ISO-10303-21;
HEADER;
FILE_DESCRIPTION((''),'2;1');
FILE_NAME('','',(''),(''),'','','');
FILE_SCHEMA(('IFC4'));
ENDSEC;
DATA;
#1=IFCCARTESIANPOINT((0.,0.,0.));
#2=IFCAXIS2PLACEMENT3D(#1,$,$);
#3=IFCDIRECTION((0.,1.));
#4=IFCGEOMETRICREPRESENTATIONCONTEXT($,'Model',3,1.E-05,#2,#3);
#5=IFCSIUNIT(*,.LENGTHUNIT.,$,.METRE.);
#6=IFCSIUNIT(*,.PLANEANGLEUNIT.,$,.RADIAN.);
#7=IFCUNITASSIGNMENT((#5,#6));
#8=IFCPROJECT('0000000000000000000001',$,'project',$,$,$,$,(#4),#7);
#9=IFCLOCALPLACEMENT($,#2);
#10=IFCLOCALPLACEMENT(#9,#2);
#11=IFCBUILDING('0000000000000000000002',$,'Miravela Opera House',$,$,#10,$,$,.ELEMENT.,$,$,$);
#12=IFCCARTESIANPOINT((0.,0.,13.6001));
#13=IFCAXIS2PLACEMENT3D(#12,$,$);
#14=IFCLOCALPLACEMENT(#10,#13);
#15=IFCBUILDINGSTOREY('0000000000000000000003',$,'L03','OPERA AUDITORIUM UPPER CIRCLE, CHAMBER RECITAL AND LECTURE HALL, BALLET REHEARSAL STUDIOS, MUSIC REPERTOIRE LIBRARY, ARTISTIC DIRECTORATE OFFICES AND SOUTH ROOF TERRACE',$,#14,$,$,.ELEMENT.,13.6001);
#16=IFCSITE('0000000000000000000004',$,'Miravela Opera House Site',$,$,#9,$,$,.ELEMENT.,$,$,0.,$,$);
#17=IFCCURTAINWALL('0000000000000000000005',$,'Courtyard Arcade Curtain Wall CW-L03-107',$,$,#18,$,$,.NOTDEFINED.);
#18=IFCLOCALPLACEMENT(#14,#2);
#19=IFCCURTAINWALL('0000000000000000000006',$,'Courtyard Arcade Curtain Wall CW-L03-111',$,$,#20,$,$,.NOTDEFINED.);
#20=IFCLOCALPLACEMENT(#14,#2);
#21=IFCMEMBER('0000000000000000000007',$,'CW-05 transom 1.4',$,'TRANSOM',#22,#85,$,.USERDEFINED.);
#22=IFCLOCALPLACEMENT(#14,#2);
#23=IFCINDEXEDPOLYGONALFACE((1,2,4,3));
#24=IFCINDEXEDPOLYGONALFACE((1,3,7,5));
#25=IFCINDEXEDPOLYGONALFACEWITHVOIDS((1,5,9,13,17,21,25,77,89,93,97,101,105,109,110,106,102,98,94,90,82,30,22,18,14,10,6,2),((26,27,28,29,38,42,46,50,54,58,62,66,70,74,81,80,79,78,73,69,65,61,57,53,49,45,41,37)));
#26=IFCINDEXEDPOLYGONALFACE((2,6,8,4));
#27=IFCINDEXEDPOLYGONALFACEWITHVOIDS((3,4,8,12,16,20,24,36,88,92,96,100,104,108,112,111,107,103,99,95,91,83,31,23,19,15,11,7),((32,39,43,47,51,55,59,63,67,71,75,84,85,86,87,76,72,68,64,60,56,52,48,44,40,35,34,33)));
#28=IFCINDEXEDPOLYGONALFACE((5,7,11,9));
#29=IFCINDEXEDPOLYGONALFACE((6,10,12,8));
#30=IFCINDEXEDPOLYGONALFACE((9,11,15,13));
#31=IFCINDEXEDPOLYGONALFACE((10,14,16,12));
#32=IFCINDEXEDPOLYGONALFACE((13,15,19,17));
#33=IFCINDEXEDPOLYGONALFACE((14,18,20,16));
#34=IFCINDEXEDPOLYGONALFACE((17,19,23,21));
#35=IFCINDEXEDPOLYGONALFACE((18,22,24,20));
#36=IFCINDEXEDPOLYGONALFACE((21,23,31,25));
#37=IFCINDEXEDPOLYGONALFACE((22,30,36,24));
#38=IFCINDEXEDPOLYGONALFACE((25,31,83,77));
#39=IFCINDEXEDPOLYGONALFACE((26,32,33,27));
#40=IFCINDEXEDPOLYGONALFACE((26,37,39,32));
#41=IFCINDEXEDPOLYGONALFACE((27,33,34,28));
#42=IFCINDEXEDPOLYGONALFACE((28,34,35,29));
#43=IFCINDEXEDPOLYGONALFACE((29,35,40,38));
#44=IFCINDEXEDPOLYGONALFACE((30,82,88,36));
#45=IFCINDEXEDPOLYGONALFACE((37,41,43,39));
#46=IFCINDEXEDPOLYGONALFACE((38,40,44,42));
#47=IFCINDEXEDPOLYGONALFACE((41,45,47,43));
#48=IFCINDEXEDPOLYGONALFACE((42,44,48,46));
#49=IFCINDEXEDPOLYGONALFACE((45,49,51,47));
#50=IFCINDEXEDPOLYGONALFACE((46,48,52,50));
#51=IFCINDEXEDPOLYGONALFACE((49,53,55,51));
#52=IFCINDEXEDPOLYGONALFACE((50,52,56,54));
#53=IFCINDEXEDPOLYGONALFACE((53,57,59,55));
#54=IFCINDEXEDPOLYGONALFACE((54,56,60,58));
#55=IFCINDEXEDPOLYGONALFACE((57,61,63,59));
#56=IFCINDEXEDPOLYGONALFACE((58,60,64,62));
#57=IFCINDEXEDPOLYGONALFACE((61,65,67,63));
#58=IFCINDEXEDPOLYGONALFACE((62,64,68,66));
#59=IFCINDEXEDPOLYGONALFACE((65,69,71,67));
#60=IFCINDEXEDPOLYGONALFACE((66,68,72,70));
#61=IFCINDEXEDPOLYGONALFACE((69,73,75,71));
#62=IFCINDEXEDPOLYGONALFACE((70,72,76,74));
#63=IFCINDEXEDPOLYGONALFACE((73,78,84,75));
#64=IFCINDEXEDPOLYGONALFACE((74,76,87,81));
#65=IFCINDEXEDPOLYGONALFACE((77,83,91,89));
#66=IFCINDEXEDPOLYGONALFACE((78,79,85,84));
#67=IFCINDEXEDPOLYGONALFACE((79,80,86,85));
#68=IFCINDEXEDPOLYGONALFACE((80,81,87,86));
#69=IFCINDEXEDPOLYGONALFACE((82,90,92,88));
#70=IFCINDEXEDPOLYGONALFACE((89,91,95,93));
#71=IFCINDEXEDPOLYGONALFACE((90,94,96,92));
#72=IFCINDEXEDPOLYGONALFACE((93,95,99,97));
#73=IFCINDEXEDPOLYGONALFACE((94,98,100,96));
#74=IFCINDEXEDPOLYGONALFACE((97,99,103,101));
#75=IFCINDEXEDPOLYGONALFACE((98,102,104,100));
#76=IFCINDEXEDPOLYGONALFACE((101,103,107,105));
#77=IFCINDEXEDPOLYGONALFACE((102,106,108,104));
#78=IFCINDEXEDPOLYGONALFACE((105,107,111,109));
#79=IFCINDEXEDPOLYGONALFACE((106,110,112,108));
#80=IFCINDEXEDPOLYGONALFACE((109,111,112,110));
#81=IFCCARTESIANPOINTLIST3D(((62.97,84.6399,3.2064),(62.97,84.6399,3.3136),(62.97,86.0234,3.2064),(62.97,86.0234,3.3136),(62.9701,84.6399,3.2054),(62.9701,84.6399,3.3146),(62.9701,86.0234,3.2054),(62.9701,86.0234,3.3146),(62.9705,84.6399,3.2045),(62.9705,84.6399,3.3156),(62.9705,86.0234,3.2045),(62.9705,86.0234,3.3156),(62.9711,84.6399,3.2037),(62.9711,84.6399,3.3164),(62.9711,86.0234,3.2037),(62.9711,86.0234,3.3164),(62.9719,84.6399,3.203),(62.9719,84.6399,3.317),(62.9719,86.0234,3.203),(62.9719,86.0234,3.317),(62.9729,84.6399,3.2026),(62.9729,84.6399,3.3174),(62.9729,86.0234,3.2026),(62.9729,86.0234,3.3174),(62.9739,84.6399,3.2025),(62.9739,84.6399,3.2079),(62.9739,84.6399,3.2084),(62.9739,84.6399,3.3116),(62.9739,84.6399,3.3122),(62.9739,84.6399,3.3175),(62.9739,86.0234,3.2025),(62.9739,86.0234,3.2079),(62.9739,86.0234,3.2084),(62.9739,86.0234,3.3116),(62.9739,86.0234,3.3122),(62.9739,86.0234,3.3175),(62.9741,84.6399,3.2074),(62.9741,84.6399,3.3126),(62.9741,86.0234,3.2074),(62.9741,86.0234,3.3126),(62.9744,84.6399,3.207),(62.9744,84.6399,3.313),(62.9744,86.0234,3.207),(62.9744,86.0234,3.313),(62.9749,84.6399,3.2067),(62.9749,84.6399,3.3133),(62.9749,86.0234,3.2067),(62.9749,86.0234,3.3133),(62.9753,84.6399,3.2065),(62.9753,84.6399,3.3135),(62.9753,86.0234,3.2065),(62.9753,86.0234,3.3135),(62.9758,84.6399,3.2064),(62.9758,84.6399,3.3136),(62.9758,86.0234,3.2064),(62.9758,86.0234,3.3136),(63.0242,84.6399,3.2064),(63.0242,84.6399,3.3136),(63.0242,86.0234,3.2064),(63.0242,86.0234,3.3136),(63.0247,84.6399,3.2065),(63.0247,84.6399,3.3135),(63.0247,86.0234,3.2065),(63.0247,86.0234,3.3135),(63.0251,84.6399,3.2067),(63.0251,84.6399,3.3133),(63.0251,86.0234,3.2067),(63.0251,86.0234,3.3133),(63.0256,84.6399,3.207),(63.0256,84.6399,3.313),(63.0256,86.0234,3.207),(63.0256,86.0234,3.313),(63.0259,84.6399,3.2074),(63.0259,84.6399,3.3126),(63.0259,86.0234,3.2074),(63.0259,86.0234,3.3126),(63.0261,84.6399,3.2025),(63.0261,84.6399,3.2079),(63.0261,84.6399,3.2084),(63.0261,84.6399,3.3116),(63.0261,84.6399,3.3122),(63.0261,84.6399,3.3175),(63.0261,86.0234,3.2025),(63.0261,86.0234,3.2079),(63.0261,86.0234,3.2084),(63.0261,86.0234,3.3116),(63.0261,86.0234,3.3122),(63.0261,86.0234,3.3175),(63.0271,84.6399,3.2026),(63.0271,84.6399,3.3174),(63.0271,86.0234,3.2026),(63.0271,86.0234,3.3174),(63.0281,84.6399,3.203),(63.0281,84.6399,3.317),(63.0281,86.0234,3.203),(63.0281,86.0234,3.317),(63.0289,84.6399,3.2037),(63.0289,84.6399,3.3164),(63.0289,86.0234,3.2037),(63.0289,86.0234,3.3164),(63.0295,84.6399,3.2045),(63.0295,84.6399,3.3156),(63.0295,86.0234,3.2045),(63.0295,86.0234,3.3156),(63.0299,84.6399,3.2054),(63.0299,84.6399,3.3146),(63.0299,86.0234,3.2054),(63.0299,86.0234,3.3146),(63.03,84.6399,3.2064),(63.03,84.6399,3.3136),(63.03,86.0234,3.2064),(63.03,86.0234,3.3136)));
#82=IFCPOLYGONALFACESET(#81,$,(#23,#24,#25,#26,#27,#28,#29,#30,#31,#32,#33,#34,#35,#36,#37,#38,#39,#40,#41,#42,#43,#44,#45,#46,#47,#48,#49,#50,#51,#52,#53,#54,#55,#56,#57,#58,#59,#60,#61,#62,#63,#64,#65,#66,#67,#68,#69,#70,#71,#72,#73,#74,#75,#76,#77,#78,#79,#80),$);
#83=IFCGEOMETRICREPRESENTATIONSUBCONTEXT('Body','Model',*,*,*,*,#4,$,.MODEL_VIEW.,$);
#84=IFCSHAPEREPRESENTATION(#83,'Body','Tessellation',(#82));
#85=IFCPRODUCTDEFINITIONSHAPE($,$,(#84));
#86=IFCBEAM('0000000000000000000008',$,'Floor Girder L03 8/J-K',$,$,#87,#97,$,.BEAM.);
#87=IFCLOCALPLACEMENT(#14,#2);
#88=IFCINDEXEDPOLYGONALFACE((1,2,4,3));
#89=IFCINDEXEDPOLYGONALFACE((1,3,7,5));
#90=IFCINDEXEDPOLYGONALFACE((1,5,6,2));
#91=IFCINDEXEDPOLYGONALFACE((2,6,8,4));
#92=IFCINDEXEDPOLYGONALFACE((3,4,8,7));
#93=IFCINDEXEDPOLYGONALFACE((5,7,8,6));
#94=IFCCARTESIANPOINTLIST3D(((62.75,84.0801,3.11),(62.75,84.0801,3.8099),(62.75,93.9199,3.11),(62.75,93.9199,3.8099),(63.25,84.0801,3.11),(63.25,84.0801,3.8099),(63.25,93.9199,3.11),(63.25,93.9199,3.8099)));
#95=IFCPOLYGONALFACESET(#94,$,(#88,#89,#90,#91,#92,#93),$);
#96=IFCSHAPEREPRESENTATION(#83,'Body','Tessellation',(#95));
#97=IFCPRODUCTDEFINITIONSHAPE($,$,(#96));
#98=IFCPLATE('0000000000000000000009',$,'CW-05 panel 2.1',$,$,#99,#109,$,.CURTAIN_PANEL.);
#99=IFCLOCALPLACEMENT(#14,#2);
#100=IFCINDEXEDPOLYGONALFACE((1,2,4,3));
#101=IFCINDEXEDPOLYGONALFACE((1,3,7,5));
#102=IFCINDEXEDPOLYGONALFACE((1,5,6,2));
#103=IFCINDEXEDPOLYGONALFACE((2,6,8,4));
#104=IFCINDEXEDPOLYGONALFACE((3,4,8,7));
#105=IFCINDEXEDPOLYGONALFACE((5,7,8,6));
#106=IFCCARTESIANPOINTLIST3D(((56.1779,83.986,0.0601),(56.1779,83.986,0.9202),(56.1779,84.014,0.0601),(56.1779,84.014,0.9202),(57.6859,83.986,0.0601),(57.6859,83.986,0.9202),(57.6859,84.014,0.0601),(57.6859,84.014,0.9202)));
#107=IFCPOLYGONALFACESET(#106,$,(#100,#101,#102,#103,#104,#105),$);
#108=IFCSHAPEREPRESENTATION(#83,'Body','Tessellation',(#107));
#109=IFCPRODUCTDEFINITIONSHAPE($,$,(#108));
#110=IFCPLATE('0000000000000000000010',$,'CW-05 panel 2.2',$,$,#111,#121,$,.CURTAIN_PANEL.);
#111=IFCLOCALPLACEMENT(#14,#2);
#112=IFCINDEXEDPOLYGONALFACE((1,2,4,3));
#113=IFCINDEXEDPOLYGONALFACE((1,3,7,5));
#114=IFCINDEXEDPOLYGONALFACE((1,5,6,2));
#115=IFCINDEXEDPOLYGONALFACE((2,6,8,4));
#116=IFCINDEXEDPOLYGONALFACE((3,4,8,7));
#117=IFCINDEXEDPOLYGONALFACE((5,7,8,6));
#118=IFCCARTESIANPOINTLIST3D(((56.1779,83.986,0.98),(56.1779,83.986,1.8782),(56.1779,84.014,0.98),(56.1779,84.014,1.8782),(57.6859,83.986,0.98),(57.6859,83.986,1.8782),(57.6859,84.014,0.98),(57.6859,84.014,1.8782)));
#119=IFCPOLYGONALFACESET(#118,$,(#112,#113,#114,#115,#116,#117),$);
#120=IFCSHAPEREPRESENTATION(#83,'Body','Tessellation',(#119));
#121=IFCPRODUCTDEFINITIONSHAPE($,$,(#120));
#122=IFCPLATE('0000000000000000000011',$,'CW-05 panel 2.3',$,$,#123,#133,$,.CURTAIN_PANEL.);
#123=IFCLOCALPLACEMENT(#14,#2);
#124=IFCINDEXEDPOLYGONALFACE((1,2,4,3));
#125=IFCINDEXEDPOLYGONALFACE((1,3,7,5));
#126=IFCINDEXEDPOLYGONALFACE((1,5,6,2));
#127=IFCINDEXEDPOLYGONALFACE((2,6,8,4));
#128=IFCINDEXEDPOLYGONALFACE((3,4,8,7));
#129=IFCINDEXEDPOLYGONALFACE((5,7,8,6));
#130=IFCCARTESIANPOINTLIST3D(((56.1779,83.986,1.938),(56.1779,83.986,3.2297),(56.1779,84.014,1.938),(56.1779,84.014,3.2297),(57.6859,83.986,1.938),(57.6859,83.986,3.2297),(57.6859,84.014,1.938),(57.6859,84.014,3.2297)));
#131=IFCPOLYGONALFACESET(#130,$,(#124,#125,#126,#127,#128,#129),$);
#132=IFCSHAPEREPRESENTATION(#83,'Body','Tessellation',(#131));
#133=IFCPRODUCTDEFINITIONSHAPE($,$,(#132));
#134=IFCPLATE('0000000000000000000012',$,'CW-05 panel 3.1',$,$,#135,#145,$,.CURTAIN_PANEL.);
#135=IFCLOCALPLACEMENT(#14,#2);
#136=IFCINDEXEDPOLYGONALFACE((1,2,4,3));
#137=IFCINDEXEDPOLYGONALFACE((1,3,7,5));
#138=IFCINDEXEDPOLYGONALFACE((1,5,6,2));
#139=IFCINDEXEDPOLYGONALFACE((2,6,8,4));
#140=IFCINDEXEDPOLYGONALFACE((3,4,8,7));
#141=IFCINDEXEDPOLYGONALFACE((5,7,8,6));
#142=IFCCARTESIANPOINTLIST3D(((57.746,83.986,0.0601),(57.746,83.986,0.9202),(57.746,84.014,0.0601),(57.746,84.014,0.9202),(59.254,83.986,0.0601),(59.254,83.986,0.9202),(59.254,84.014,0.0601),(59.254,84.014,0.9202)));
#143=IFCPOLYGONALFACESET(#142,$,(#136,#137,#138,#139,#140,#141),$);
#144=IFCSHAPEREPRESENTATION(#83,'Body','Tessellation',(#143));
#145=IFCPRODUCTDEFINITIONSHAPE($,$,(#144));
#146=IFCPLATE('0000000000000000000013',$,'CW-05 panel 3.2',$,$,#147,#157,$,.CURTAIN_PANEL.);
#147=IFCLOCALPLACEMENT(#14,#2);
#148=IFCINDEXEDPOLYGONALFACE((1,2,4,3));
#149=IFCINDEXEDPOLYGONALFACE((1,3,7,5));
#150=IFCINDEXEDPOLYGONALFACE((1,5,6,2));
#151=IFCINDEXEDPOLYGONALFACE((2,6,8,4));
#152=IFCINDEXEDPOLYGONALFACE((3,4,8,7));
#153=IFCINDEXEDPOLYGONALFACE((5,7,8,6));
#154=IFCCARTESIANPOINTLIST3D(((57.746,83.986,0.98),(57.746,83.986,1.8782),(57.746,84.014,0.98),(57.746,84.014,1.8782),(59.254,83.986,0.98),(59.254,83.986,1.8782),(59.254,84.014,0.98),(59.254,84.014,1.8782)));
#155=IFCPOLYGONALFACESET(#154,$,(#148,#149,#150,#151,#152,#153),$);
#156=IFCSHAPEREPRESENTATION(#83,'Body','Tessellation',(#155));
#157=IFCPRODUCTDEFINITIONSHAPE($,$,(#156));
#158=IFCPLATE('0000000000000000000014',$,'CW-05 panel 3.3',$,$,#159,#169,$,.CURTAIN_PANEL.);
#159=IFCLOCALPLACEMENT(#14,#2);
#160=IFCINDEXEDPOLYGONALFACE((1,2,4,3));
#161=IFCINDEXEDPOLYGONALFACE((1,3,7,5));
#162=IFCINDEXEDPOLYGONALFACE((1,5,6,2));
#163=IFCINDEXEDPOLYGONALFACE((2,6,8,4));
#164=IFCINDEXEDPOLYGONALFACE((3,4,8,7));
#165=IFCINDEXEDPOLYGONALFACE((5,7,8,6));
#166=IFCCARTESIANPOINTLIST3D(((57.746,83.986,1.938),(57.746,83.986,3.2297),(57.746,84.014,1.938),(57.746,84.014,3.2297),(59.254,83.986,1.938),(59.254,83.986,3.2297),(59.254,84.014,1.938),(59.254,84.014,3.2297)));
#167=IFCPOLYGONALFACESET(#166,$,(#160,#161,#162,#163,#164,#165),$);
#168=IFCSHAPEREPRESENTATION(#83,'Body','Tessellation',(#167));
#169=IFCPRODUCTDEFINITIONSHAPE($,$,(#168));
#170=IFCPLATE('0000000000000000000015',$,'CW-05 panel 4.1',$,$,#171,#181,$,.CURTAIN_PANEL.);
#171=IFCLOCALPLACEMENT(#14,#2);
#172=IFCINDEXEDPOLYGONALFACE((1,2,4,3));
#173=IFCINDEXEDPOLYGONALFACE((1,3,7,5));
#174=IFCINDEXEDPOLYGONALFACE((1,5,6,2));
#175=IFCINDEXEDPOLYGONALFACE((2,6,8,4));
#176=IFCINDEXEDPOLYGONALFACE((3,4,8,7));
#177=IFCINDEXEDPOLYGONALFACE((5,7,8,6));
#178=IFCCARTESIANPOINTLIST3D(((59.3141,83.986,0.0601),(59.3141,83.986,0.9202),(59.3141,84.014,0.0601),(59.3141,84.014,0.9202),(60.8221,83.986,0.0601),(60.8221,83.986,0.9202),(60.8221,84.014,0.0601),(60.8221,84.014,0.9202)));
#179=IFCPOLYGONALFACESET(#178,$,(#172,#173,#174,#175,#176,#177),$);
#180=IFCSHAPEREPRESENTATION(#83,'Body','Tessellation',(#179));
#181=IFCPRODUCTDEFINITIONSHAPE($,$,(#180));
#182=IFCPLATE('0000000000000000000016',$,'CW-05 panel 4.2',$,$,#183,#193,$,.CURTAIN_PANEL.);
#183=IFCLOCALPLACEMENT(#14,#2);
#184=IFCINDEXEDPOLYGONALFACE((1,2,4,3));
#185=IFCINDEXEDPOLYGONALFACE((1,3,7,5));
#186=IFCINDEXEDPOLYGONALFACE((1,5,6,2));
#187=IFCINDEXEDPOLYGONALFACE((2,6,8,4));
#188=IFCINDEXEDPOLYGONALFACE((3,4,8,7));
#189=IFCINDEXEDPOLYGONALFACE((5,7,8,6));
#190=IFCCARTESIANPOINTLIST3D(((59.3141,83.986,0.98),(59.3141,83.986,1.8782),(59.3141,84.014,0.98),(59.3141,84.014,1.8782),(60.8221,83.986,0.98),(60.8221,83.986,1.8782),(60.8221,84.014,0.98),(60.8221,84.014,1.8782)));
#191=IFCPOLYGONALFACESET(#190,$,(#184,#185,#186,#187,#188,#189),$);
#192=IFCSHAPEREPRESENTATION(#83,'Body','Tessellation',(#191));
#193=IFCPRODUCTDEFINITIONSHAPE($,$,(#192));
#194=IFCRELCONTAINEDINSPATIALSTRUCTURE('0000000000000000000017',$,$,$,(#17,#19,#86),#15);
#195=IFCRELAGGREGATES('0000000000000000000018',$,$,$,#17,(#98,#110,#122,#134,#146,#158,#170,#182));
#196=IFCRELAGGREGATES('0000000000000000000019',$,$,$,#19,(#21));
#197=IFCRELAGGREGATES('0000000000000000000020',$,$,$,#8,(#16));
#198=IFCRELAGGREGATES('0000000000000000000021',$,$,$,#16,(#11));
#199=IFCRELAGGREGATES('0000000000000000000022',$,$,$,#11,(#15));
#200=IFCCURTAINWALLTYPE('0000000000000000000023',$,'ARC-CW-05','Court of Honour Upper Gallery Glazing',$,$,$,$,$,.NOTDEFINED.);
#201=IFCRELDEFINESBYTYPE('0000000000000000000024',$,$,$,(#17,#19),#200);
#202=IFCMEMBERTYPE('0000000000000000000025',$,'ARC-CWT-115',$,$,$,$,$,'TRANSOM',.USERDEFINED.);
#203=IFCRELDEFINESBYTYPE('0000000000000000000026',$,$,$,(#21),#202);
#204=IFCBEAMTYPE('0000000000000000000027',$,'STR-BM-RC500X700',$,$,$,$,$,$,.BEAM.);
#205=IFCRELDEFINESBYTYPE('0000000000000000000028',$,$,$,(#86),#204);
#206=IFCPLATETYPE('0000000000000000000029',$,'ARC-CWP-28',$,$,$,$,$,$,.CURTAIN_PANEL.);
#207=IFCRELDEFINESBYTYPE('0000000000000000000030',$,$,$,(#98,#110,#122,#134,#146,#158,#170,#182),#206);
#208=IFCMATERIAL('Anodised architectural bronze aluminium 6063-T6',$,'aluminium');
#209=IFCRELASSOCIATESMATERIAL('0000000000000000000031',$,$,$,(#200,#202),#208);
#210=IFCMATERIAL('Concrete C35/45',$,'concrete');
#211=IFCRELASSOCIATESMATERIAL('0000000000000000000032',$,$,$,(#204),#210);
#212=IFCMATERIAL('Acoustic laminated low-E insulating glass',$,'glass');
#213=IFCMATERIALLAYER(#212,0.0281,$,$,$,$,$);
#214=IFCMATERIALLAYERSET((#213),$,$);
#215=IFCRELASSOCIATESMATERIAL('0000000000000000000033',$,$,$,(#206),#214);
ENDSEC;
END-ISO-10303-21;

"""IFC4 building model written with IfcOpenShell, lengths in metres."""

from ifc_helpers import new_model, si_unit, direction, frame, origin, origin_2d, place, context, subcontext, project, spatial, rectangle, hollow_rectangle, extrude, material, layer, layer_set, material_profile, profile_set, type_object, element, aggregate, save


model = new_model("IFC4")

# Units and contexts
model_context = context("Model", 3, precision=1e-05, world=origin(), true_north=direction((0.0, 1.0)))
body_context = subcontext(model_context, "Body", "Model", "MODEL_VIEW")
ifc_project = project(units=[si_unit("LENGTHUNIT", "METRE"), si_unit("PLANEANGLEUNIT", "RADIAN")], contexts=[model_context])

# Site, building, storey
site_placement = place(None, origin())
site = spatial("IfcSite", under=ifc_project, at=site_placement, Name="Miravela Opera House Site", CompositionType="ELEMENT", RefElevation=0.0)
building_placement = place(site_placement, origin())
building = spatial("IfcBuilding", under=site, at=building_placement, Name="Miravela Opera House", CompositionType="ELEMENT")
storey_placement = place(building_placement, frame((0.0, 0.0, 13.6001)))
storey = spatial("IfcBuildingStorey", under=building, at=storey_placement, Name="L03", Description="OPERA AUDITORIUM UPPER CIRCLE, CHAMBER RECITAL AND LECTURE HALL, BALLET REHEARSAL STUDIOS, MUSIC REPERTOIRE LIBRARY, ARTISTIC DIRECTORATE OFFICES AND SOUTH ROOF TERRACE", CompositionType="ELEMENT", Elevation=13.6001)

# Shared definitions
ifc_material_1 = material(Name="Concrete C35/45", Category="concrete")

# Curtain wall
ifc_material_2 = material(Name="Anodised architectural bronze aluminium 6063-T6", Category="aluminium")
curtain_wall_type = type_object("IfcCurtainWallType", Name="ARC-CW-05", Description="Court of Honour Upper Gallery Glazing", PredefinedType="NOTDEFINED", material=ifc_material_2)
curtain_wall_1_placement = place(storey_placement, origin())
curtain_wall_1 = element("IfcCurtainWall", 1, at=curtain_wall_1_placement, inside=storey, type_object=curtain_wall_type, Name="Courtyard Arcade Curtain Wall CW-L03-107", PredefinedType="NOTDEFINED")

# Curtain wall
curtain_wall_2_placement = place(storey_placement, origin())
curtain_wall_2 = element("IfcCurtainWall", 2, at=curtain_wall_2_placement, inside=storey, type_object=curtain_wall_type, Name="Courtyard Arcade Curtain Wall CW-L03-111", PredefinedType="NOTDEFINED")

# Member
ifc_material_profile_1 = material_profile(ifc_material_2, hollow_rectangle(XDim=0.0601, YDim=0.115, WallThickness=0.0039, InnerFilletRadius=0.002, OuterFilletRadius=0.0039, at=origin_2d()), Name="CWT-60X115")
ifc_profile_set_1 = profile_set([ifc_material_profile_1])
member_type_1 = type_object("IfcMemberType", Name="ARC-CWT-115", ElementType="TRANSOM", PredefinedType="USERDEFINED", material=ifc_profile_set_1)
member_1_placement = place(storey_placement, frame((63.0, 84.6399, 3.26), z_axis=(0.0, 1.0, 0.0), x_axis=(-1.0, 0.0, 0.0)))
member_1 = element("IfcMember", 3, at=member_1_placement, type_object=member_type_1, Name="CW-05 transom 1.4", ObjectType="TRANSOM", PredefinedType="USERDEFINED", context=body_context, shape_type="SweptSolid", body=[
    extrude(hollow_rectangle(XDim=0.0601, YDim=0.115, WallThickness=0.0039, InnerFilletRadius=0.002, OuterFilletRadius=0.0039, at=origin_2d()), origin(), (0.0, 0.0, 1.0), 1.3835),
])

# Beam
ifc_material_profile_2 = material_profile(ifc_material_1, rectangle(XDim=0.5, YDim=0.7, at=origin_2d()), Name="RC-BM-500X700")
ifc_profile_set_2 = profile_set([ifc_material_profile_2])
beam_type = type_object("IfcBeamType", Name="STR-BM-RC500X700", PredefinedType="BEAM", material=ifc_profile_set_2)
beam_placement = place(storey_placement, frame((63.0, 84.0801, 3.46), z_axis=(0.0, 1.0, 0.0), x_axis=(-1.0, 0.0, 0.0)))
element("IfcBeam", 4, at=beam_placement, inside=storey, type_object=beam_type, Name="Floor Girder L03 8/J-K", PredefinedType="BEAM", context=body_context, shape_type="SweptSolid", body=[
    extrude(rectangle(XDim=0.5, YDim=0.7, at=origin_2d()), origin(), (0.0, 0.0, 1.0), 9.8398),
])

# Plates
ifc_material_3 = material(Name="Acoustic laminated low-E insulating glass", Category="glass")
ifc_layer = layer(ifc_material_3, 0.0281)
ifc_layer_set = layer_set([ifc_layer])
plate_type = type_object("IfcPlateType", Name="ARC-CWP-28", PredefinedType="CURTAIN_PANEL", material=ifc_layer_set)
plate_1_placement = place(storey_placement, frame((56.9319, 84.0, 0.0601), z_axis=(0.0, 0.0, 1.0), x_axis=(1.0, 0.0, 0.0)))
plate_1 = element("IfcPlate", 5, at=plate_1_placement, type_object=plate_type, Name="CW-05 panel 2.1", PredefinedType="CURTAIN_PANEL", context=body_context, shape_type="SweptSolid", body=[
    extrude(rectangle(XDim=1.5081, YDim=0.0281, at=origin_2d()), origin(), (0.0, 0.0, 1.0), 0.8601),
])
plate_2_placement = place(storey_placement, frame((56.9319, 84.0, 0.98), z_axis=(0.0, 0.0, 1.0), x_axis=(1.0, 0.0, 0.0)))
plate_2 = element("IfcPlate", 6, at=plate_2_placement, type_object=plate_type, Name="CW-05 panel 2.2", PredefinedType="CURTAIN_PANEL", context=body_context, shape_type="SweptSolid", body=[
    extrude(rectangle(XDim=1.5081, YDim=0.0281, at=origin_2d()), origin(), (0.0, 0.0, 1.0), 0.8982),
])
plate_3_placement = place(storey_placement, frame((56.9319, 84.0, 1.938), z_axis=(0.0, 0.0, 1.0), x_axis=(1.0, 0.0, 0.0)))
plate_3 = element("IfcPlate", 7, at=plate_3_placement, type_object=plate_type, Name="CW-05 panel 2.3", PredefinedType="CURTAIN_PANEL", context=body_context, shape_type="SweptSolid", body=[
    extrude(rectangle(XDim=1.5081, YDim=0.0281, at=origin_2d()), origin(), (0.0, 0.0, 1.0), 1.2917),
])
plate_4_placement = place(storey_placement, frame((58.5, 84.0, 0.0601), z_axis=(0.0, 0.0, 1.0), x_axis=(1.0, 0.0, 0.0)))
plate_4 = element("IfcPlate", 8, at=plate_4_placement, type_object=plate_type, Name="CW-05 panel 3.1", PredefinedType="CURTAIN_PANEL", context=body_context, shape_type="SweptSolid", body=[
    extrude(rectangle(XDim=1.5081, YDim=0.0281, at=origin_2d()), origin(), (0.0, 0.0, 1.0), 0.8601),
])
plate_5_placement = place(storey_placement, frame((58.5, 84.0, 0.98), z_axis=(0.0, 0.0, 1.0), x_axis=(1.0, 0.0, 0.0)))
plate_5 = element("IfcPlate", 9, at=plate_5_placement, type_object=plate_type, Name="CW-05 panel 3.2", PredefinedType="CURTAIN_PANEL", context=body_context, shape_type="SweptSolid", body=[
    extrude(rectangle(XDim=1.5081, YDim=0.0281, at=origin_2d()), origin(), (0.0, 0.0, 1.0), 0.8982),
])
plate_6_placement = place(storey_placement, frame((58.5, 84.0, 1.938), z_axis=(0.0, 0.0, 1.0), x_axis=(1.0, 0.0, 0.0)))
plate_6 = element("IfcPlate", 10, at=plate_6_placement, type_object=plate_type, Name="CW-05 panel 3.3", PredefinedType="CURTAIN_PANEL", context=body_context, shape_type="SweptSolid", body=[
    extrude(rectangle(XDim=1.5081, YDim=0.0281, at=origin_2d()), origin(), (0.0, 0.0, 1.0), 1.2917),
])
plate_7_placement = place(storey_placement, frame((60.0681, 84.0, 0.0601), z_axis=(0.0, 0.0, 1.0), x_axis=(1.0, 0.0, 0.0)))
plate_7 = element("IfcPlate", 11, at=plate_7_placement, type_object=plate_type, Name="CW-05 panel 4.1", PredefinedType="CURTAIN_PANEL", context=body_context, shape_type="SweptSolid", body=[
    extrude(rectangle(XDim=1.5081, YDim=0.0281, at=origin_2d()), origin(), (0.0, 0.0, 1.0), 0.8601),
])
plate_8_placement = place(storey_placement, frame((60.0681, 84.0, 0.98), z_axis=(0.0, 0.0, 1.0), x_axis=(1.0, 0.0, 0.0)))
plate_8 = element("IfcPlate", 12, at=plate_8_placement, type_object=plate_type, Name="CW-05 panel 4.2", PredefinedType="CURTAIN_PANEL", context=body_context, shape_type="SweptSolid", body=[
    extrude(rectangle(XDim=1.5081, YDim=0.0281, at=origin_2d()), origin(), (0.0, 0.0, 1.0), 0.8982),
])
aggregate(curtain_wall_1, [plate_1, plate_2, plate_3, plate_4, plate_5, plate_6, plate_7, plate_8])
aggregate(curtain_wall_2, [member_1])

save(model, "model.ifc")
